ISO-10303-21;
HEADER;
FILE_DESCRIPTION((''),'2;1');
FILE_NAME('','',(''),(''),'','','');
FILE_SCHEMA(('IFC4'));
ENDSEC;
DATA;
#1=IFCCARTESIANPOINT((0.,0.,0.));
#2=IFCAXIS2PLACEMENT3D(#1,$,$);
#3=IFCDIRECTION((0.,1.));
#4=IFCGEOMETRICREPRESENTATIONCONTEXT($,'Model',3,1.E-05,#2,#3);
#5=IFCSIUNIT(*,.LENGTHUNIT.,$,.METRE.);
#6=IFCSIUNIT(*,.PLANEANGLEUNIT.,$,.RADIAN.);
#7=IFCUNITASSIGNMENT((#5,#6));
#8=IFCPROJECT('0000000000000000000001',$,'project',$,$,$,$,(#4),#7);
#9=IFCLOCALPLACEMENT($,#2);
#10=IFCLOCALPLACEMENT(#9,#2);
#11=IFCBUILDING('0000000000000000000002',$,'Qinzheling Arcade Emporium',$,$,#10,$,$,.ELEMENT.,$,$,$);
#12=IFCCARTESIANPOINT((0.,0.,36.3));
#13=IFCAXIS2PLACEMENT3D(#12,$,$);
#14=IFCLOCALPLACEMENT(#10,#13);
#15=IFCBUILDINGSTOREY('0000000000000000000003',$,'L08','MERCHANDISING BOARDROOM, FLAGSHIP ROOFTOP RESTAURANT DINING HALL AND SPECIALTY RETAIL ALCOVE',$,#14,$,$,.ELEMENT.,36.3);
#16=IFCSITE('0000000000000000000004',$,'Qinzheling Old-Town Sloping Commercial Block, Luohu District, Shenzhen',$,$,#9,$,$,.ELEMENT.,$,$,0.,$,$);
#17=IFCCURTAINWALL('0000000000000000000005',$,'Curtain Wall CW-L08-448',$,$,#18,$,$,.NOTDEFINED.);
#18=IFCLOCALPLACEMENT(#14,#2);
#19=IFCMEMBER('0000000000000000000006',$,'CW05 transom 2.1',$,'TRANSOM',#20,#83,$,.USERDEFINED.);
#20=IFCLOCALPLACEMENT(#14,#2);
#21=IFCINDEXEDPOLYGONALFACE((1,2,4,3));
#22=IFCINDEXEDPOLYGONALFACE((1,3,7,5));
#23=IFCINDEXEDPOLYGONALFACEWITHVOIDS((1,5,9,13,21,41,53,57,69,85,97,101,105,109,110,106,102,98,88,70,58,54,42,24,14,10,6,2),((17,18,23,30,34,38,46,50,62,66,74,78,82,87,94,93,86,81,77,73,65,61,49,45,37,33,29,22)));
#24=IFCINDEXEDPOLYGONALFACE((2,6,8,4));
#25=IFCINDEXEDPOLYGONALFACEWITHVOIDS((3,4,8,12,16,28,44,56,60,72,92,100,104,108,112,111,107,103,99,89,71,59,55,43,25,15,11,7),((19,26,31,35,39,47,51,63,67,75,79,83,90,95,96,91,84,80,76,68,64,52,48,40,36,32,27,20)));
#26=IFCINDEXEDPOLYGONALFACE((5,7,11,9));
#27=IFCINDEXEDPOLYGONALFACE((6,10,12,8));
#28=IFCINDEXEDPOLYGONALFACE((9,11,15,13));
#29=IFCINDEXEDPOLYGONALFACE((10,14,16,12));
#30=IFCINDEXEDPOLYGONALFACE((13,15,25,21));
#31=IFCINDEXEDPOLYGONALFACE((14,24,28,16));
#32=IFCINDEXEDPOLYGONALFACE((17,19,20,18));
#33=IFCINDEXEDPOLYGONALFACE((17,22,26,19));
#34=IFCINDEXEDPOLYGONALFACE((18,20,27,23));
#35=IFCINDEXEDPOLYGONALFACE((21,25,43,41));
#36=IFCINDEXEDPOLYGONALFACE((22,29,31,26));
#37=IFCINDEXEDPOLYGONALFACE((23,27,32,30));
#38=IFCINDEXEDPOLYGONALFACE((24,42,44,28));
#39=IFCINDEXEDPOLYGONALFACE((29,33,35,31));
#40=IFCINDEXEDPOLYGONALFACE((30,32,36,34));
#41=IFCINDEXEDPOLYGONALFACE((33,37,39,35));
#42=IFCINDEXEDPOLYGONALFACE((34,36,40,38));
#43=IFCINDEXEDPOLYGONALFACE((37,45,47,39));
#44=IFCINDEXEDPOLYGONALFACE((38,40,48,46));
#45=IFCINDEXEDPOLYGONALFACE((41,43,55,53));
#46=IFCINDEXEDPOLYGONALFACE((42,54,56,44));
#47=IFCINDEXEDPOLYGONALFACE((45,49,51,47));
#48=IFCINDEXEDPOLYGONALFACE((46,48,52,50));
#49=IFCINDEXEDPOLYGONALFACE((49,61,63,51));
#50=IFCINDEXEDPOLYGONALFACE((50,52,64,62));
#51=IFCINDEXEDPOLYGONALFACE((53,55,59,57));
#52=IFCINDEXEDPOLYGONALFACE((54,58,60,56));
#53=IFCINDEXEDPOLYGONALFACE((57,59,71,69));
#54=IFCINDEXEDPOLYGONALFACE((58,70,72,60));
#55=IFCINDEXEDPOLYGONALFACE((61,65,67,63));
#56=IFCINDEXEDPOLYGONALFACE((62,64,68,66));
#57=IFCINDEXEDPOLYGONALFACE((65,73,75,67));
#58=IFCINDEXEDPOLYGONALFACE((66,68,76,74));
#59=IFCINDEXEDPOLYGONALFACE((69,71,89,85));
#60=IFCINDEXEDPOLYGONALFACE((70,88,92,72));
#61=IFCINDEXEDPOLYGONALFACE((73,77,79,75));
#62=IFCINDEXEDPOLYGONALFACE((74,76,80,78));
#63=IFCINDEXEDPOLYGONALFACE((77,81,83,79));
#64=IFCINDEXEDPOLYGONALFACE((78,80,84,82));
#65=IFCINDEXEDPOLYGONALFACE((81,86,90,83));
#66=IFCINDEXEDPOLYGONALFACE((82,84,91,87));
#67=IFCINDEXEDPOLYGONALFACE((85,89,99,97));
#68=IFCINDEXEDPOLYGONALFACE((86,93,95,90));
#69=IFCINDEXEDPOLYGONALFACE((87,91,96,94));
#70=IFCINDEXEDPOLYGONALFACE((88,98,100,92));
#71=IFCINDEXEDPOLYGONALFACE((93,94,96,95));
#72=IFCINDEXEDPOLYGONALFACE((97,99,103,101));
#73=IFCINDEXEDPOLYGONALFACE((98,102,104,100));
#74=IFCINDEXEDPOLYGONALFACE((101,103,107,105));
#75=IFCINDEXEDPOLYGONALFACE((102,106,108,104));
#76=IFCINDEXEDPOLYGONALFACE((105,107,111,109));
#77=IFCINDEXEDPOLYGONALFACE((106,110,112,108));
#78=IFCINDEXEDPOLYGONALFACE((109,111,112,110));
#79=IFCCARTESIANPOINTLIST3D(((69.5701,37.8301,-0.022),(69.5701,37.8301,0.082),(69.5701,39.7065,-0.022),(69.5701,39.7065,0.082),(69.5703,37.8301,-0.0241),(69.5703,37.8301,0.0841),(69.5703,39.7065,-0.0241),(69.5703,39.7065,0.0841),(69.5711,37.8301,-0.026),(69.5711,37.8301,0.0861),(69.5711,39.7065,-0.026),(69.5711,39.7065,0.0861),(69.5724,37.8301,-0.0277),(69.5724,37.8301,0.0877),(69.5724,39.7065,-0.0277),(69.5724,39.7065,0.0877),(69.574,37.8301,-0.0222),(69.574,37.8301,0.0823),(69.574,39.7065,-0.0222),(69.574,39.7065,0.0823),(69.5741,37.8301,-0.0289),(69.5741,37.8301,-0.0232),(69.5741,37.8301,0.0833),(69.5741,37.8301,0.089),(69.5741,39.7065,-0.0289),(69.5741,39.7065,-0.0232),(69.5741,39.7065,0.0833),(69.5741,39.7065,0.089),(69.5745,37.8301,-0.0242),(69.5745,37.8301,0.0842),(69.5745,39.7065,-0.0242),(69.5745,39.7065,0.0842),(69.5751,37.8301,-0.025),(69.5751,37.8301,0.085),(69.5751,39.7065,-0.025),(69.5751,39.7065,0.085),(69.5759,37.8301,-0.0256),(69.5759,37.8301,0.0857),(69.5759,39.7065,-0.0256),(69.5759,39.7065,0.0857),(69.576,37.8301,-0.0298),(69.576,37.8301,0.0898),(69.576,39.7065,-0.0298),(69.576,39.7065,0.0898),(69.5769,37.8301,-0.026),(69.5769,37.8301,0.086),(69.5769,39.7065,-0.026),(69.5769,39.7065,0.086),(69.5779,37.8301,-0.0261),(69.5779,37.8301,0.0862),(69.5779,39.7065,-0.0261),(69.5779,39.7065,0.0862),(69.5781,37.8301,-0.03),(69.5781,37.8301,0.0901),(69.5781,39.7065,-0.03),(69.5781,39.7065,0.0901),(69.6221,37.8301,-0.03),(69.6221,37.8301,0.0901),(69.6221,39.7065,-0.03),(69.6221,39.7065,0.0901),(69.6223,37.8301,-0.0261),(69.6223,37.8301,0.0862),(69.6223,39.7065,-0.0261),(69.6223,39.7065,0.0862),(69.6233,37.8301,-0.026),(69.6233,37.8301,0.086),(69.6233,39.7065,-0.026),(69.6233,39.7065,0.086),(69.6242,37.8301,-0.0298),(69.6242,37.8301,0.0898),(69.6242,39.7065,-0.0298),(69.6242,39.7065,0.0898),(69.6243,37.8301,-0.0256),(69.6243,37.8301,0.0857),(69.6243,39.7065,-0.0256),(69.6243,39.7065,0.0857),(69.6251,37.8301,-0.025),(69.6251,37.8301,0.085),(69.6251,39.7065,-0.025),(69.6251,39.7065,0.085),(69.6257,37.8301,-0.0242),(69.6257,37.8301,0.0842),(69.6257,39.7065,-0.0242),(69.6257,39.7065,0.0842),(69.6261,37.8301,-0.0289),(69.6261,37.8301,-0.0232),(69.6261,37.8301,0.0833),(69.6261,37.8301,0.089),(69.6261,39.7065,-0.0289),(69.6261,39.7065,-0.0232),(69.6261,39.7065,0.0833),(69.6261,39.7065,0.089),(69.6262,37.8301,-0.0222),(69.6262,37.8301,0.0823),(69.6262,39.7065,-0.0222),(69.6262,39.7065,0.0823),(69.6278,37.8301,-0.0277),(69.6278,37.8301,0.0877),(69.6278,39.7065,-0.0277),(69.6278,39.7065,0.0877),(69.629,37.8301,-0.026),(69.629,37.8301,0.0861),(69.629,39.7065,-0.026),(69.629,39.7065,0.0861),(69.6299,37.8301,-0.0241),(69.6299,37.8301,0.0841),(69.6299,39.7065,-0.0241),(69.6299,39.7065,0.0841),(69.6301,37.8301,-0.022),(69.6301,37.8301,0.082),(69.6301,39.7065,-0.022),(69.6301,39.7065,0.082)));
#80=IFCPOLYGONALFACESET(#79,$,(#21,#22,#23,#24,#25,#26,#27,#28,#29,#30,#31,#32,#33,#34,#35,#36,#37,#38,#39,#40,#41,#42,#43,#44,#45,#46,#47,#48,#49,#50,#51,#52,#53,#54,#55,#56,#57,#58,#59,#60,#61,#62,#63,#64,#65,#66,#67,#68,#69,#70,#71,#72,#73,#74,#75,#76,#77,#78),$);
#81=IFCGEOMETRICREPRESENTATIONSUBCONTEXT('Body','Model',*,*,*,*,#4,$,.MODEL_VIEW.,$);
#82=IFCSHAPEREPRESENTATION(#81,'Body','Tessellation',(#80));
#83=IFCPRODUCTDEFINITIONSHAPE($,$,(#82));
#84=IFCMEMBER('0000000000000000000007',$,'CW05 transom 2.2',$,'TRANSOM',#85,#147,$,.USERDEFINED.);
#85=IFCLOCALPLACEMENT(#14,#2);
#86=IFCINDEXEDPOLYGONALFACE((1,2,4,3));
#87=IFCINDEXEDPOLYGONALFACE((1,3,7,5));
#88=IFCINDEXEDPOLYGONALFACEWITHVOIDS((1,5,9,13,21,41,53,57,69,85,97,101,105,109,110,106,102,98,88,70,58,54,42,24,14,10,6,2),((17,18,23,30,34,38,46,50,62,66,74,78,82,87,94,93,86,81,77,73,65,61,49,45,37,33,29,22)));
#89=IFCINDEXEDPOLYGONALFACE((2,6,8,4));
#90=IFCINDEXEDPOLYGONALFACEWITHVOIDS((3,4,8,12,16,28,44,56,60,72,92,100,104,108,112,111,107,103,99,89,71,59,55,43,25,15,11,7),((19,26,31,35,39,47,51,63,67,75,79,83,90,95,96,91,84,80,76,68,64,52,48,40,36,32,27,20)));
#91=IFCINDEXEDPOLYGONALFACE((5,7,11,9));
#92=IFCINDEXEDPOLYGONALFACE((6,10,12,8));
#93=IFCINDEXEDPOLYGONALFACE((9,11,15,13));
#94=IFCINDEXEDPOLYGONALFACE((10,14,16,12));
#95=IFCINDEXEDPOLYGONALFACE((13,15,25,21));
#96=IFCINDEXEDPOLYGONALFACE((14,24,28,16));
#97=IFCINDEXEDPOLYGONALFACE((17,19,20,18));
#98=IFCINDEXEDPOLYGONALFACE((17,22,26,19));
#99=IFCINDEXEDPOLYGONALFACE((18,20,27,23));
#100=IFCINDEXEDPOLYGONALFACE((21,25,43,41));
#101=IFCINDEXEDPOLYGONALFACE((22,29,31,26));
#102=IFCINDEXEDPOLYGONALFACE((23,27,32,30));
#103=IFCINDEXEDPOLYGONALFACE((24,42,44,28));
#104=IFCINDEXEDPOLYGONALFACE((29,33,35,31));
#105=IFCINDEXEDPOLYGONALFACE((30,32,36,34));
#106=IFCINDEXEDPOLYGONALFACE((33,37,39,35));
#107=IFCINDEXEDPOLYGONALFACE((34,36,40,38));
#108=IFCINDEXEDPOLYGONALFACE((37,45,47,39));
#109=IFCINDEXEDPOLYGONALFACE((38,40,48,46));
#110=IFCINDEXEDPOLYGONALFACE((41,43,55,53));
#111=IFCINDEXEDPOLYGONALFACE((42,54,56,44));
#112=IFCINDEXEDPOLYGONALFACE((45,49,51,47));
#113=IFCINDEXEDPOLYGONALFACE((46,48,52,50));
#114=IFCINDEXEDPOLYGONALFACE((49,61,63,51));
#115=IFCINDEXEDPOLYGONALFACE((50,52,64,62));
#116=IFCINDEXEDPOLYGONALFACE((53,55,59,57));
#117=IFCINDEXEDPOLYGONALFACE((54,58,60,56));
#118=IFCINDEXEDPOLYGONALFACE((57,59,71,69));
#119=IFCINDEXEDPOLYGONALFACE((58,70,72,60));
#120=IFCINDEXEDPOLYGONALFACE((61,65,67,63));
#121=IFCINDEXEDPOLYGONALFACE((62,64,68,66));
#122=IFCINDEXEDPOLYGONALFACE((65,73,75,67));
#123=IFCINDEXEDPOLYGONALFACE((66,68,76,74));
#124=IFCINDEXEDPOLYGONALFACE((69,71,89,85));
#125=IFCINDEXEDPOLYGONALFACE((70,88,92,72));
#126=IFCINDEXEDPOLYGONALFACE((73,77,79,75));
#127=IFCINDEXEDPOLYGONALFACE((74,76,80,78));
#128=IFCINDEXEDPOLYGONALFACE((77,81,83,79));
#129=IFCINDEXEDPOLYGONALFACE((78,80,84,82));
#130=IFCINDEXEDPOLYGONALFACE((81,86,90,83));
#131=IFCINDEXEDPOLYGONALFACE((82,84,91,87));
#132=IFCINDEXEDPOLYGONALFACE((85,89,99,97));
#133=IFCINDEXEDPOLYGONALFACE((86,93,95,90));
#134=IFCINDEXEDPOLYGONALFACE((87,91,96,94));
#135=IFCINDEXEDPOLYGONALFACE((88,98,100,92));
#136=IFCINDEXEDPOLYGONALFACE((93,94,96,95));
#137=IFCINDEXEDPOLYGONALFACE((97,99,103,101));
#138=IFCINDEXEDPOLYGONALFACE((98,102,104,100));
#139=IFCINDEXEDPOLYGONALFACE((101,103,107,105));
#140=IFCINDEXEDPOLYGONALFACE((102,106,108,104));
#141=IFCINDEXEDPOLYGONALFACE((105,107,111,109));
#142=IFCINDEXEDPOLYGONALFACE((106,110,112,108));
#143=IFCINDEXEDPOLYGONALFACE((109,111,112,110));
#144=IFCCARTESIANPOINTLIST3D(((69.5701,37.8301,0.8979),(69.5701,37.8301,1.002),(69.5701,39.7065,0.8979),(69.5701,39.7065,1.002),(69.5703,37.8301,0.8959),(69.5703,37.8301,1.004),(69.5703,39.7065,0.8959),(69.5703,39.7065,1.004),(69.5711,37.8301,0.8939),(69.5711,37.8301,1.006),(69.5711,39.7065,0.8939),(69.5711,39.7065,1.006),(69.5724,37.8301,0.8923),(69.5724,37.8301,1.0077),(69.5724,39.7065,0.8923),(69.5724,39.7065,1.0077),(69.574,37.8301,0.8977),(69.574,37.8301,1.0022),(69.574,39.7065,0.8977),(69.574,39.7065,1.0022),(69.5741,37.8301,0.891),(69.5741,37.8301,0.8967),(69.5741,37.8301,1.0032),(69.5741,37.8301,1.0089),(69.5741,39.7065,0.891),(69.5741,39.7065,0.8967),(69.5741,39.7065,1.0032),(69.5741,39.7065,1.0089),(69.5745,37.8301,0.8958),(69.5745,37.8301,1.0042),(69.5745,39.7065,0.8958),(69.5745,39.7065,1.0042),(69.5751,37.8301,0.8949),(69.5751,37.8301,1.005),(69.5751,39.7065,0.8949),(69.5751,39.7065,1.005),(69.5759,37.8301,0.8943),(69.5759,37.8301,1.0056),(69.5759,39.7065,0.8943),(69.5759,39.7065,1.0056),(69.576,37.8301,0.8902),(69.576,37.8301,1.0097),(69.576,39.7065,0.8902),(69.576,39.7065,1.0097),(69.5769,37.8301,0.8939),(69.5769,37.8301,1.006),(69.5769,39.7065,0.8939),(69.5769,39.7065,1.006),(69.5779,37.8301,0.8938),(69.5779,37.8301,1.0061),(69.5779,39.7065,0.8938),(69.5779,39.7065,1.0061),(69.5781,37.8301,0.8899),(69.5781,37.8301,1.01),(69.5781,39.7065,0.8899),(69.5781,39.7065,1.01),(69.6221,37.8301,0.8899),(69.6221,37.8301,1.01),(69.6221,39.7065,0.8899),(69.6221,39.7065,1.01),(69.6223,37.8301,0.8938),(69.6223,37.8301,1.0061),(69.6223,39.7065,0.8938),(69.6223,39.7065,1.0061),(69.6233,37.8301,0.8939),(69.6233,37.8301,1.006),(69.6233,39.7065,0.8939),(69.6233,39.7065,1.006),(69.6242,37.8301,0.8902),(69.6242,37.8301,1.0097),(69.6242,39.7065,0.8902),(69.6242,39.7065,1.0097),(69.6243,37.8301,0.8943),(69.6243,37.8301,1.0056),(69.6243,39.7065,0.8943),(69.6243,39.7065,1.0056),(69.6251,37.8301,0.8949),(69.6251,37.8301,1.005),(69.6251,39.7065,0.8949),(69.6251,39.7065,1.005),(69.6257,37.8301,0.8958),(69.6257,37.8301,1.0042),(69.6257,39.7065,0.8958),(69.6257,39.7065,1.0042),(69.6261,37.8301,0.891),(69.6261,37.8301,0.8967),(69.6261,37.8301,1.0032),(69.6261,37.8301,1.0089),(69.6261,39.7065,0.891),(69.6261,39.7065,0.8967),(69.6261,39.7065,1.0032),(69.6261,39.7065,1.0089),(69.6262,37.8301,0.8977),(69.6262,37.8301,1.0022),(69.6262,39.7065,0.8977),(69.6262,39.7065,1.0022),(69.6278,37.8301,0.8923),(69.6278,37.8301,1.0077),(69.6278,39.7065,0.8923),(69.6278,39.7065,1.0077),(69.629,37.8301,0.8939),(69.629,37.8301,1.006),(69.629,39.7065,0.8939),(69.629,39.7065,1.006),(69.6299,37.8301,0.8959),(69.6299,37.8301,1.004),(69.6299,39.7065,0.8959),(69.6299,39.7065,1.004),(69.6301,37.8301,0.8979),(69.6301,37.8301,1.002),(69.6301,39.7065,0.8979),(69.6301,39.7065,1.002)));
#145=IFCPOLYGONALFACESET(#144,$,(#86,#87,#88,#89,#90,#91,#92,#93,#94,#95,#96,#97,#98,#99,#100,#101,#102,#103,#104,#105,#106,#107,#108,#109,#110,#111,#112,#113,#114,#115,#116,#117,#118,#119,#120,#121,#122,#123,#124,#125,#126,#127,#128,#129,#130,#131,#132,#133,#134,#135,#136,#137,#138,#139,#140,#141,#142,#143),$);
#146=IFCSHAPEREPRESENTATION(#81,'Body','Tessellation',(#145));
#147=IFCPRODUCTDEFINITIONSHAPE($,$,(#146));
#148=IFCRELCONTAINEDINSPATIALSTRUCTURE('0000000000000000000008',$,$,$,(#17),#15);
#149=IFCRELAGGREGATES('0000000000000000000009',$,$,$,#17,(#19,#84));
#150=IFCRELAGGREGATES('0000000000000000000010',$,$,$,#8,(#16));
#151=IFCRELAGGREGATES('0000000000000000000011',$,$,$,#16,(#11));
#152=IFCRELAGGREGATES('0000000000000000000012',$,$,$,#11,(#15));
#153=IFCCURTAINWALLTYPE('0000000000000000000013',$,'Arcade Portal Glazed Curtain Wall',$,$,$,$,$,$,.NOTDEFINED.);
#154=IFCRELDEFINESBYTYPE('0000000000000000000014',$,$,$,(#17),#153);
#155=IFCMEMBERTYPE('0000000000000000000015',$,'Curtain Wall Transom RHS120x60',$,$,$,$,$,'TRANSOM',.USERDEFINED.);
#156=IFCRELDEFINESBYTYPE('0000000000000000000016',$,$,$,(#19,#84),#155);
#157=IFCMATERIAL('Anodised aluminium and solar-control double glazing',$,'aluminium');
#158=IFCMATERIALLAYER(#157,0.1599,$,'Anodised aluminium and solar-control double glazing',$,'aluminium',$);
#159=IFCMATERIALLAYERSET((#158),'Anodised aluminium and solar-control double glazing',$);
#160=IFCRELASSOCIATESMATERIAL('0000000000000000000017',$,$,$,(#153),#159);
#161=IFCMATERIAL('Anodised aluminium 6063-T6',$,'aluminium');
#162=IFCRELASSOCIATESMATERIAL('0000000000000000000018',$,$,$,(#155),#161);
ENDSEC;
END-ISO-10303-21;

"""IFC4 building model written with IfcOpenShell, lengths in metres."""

from ifc_helpers import new_model, si_unit, direction, frame, origin, origin_2d, place, context, subcontext, project, spatial, hollow_rectangle, extrude, material, layer, layer_set, material_profile, profile_set, type_object, element, aggregate, save


model = new_model("IFC4")

# Units and contexts
model_context = context("Model", 3, precision=1e-05, world=origin(), true_north=direction((0.0, 1.0)))
body_context = subcontext(model_context, "Body", "Model", "MODEL_VIEW")
ifc_project = project(units=[si_unit("LENGTHUNIT", "METRE"), si_unit("PLANEANGLEUNIT", "RADIAN")], contexts=[model_context])

# Site, building, storey
site_placement = place(None, origin())
site = spatial("IfcSite", under=ifc_project, at=site_placement, Name="Qinzheling Old-Town Sloping Commercial Block, Luohu District, Shenzhen", CompositionType="ELEMENT", RefElevation=0.0)
building_placement = place(site_placement, origin())
building = spatial("IfcBuilding", under=site, at=building_placement, Name="Qinzheling Arcade Emporium", CompositionType="ELEMENT")
storey_placement = place(building_placement, frame((0.0, 0.0, 36.3)))
storey = spatial("IfcBuildingStorey", under=building, at=storey_placement, Name="L08", Description="MERCHANDISING BOARDROOM, FLAGSHIP ROOFTOP RESTAURANT DINING HALL AND SPECIALTY RETAIL ALCOVE", CompositionType="ELEMENT", Elevation=36.3)

# Curtain wall
ifc_material_1 = material(Name="Anodised aluminium and solar-control double glazing", Category="aluminium")
ifc_layer_1 = layer(ifc_material_1, 0.1599, Name="Anodised aluminium and solar-control double glazing", Category="aluminium")
ifc_layer_set_1 = layer_set([ifc_layer_1], Name="Anodised aluminium and solar-control double glazing")
curtain_wall_type_1 = type_object("IfcCurtainWallType", Name="Arcade Portal Glazed Curtain Wall", PredefinedType="NOTDEFINED", material=ifc_layer_set_1)
curtain_wall_1_placement = place(storey_placement, origin())
curtain_wall_1 = element("IfcCurtainWall", 1, at=curtain_wall_1_placement, inside=storey, type_object=curtain_wall_type_1, Name="Curtain Wall CW-L08-448", PredefinedType="NOTDEFINED")
ifc_material_2 = material(Name="Anodised aluminium 6063-T6", Category="aluminium")

# Members
ifc_material_profile_1 = material_profile(ifc_material_2, hollow_rectangle(XDim=0.0601, YDim=0.1201, WallThickness=0.0039, InnerFilletRadius=0.0039, OuterFilletRadius=0.0081, at=origin_2d()), Name="RHS 120x60x4", Category="aluminium")
ifc_profile_set_1 = profile_set([ifc_material_profile_1], Name="Anodised aluminium 6063-T6")
member_type_1 = type_object("IfcMemberType", Name="Curtain Wall Transom RHS120x60", ElementType="TRANSOM", PredefinedType="USERDEFINED", material=ifc_profile_set_1)
member_1_placement = place(storey_placement, frame((69.6001, 39.7065, 0.03), z_axis=(0.0, -1.0, 0.0), x_axis=(1.0, 0.0, 0.0)))
member_1 = element("IfcMember", 2, at=member_1_placement, type_object=member_type_1, Name="CW05 transom 2.1", ObjectType="TRANSOM", PredefinedType="USERDEFINED", context=body_context, shape_type="SweptSolid", body=[
    extrude(hollow_rectangle(XDim=0.0601, YDim=0.1201, WallThickness=0.0039, InnerFilletRadius=0.0039, OuterFilletRadius=0.0081, at=origin_2d()), origin(), (0.0, 0.0, 1.0), 1.8765),
])
member_2_placement = place(storey_placement, frame((69.6001, 39.7065, 0.95), z_axis=(0.0, -1.0, 0.0), x_axis=(1.0, 0.0, 0.0)))
member_2 = element("IfcMember", 3, at=member_2_placement, type_object=member_type_1, Name="CW05 transom 2.2", ObjectType="TRANSOM", PredefinedType="USERDEFINED", context=body_context, shape_type="SweptSolid", body=[
    extrude(hollow_rectangle(XDim=0.0601, YDim=0.1201, WallThickness=0.0039, InnerFilletRadius=0.0039, OuterFilletRadius=0.0081, at=origin_2d()), origin(), (0.0, 0.0, 1.0), 1.8765),
])

aggregate(curtain_wall_1, [member_1, member_2])

save(model, "model.ifc")
